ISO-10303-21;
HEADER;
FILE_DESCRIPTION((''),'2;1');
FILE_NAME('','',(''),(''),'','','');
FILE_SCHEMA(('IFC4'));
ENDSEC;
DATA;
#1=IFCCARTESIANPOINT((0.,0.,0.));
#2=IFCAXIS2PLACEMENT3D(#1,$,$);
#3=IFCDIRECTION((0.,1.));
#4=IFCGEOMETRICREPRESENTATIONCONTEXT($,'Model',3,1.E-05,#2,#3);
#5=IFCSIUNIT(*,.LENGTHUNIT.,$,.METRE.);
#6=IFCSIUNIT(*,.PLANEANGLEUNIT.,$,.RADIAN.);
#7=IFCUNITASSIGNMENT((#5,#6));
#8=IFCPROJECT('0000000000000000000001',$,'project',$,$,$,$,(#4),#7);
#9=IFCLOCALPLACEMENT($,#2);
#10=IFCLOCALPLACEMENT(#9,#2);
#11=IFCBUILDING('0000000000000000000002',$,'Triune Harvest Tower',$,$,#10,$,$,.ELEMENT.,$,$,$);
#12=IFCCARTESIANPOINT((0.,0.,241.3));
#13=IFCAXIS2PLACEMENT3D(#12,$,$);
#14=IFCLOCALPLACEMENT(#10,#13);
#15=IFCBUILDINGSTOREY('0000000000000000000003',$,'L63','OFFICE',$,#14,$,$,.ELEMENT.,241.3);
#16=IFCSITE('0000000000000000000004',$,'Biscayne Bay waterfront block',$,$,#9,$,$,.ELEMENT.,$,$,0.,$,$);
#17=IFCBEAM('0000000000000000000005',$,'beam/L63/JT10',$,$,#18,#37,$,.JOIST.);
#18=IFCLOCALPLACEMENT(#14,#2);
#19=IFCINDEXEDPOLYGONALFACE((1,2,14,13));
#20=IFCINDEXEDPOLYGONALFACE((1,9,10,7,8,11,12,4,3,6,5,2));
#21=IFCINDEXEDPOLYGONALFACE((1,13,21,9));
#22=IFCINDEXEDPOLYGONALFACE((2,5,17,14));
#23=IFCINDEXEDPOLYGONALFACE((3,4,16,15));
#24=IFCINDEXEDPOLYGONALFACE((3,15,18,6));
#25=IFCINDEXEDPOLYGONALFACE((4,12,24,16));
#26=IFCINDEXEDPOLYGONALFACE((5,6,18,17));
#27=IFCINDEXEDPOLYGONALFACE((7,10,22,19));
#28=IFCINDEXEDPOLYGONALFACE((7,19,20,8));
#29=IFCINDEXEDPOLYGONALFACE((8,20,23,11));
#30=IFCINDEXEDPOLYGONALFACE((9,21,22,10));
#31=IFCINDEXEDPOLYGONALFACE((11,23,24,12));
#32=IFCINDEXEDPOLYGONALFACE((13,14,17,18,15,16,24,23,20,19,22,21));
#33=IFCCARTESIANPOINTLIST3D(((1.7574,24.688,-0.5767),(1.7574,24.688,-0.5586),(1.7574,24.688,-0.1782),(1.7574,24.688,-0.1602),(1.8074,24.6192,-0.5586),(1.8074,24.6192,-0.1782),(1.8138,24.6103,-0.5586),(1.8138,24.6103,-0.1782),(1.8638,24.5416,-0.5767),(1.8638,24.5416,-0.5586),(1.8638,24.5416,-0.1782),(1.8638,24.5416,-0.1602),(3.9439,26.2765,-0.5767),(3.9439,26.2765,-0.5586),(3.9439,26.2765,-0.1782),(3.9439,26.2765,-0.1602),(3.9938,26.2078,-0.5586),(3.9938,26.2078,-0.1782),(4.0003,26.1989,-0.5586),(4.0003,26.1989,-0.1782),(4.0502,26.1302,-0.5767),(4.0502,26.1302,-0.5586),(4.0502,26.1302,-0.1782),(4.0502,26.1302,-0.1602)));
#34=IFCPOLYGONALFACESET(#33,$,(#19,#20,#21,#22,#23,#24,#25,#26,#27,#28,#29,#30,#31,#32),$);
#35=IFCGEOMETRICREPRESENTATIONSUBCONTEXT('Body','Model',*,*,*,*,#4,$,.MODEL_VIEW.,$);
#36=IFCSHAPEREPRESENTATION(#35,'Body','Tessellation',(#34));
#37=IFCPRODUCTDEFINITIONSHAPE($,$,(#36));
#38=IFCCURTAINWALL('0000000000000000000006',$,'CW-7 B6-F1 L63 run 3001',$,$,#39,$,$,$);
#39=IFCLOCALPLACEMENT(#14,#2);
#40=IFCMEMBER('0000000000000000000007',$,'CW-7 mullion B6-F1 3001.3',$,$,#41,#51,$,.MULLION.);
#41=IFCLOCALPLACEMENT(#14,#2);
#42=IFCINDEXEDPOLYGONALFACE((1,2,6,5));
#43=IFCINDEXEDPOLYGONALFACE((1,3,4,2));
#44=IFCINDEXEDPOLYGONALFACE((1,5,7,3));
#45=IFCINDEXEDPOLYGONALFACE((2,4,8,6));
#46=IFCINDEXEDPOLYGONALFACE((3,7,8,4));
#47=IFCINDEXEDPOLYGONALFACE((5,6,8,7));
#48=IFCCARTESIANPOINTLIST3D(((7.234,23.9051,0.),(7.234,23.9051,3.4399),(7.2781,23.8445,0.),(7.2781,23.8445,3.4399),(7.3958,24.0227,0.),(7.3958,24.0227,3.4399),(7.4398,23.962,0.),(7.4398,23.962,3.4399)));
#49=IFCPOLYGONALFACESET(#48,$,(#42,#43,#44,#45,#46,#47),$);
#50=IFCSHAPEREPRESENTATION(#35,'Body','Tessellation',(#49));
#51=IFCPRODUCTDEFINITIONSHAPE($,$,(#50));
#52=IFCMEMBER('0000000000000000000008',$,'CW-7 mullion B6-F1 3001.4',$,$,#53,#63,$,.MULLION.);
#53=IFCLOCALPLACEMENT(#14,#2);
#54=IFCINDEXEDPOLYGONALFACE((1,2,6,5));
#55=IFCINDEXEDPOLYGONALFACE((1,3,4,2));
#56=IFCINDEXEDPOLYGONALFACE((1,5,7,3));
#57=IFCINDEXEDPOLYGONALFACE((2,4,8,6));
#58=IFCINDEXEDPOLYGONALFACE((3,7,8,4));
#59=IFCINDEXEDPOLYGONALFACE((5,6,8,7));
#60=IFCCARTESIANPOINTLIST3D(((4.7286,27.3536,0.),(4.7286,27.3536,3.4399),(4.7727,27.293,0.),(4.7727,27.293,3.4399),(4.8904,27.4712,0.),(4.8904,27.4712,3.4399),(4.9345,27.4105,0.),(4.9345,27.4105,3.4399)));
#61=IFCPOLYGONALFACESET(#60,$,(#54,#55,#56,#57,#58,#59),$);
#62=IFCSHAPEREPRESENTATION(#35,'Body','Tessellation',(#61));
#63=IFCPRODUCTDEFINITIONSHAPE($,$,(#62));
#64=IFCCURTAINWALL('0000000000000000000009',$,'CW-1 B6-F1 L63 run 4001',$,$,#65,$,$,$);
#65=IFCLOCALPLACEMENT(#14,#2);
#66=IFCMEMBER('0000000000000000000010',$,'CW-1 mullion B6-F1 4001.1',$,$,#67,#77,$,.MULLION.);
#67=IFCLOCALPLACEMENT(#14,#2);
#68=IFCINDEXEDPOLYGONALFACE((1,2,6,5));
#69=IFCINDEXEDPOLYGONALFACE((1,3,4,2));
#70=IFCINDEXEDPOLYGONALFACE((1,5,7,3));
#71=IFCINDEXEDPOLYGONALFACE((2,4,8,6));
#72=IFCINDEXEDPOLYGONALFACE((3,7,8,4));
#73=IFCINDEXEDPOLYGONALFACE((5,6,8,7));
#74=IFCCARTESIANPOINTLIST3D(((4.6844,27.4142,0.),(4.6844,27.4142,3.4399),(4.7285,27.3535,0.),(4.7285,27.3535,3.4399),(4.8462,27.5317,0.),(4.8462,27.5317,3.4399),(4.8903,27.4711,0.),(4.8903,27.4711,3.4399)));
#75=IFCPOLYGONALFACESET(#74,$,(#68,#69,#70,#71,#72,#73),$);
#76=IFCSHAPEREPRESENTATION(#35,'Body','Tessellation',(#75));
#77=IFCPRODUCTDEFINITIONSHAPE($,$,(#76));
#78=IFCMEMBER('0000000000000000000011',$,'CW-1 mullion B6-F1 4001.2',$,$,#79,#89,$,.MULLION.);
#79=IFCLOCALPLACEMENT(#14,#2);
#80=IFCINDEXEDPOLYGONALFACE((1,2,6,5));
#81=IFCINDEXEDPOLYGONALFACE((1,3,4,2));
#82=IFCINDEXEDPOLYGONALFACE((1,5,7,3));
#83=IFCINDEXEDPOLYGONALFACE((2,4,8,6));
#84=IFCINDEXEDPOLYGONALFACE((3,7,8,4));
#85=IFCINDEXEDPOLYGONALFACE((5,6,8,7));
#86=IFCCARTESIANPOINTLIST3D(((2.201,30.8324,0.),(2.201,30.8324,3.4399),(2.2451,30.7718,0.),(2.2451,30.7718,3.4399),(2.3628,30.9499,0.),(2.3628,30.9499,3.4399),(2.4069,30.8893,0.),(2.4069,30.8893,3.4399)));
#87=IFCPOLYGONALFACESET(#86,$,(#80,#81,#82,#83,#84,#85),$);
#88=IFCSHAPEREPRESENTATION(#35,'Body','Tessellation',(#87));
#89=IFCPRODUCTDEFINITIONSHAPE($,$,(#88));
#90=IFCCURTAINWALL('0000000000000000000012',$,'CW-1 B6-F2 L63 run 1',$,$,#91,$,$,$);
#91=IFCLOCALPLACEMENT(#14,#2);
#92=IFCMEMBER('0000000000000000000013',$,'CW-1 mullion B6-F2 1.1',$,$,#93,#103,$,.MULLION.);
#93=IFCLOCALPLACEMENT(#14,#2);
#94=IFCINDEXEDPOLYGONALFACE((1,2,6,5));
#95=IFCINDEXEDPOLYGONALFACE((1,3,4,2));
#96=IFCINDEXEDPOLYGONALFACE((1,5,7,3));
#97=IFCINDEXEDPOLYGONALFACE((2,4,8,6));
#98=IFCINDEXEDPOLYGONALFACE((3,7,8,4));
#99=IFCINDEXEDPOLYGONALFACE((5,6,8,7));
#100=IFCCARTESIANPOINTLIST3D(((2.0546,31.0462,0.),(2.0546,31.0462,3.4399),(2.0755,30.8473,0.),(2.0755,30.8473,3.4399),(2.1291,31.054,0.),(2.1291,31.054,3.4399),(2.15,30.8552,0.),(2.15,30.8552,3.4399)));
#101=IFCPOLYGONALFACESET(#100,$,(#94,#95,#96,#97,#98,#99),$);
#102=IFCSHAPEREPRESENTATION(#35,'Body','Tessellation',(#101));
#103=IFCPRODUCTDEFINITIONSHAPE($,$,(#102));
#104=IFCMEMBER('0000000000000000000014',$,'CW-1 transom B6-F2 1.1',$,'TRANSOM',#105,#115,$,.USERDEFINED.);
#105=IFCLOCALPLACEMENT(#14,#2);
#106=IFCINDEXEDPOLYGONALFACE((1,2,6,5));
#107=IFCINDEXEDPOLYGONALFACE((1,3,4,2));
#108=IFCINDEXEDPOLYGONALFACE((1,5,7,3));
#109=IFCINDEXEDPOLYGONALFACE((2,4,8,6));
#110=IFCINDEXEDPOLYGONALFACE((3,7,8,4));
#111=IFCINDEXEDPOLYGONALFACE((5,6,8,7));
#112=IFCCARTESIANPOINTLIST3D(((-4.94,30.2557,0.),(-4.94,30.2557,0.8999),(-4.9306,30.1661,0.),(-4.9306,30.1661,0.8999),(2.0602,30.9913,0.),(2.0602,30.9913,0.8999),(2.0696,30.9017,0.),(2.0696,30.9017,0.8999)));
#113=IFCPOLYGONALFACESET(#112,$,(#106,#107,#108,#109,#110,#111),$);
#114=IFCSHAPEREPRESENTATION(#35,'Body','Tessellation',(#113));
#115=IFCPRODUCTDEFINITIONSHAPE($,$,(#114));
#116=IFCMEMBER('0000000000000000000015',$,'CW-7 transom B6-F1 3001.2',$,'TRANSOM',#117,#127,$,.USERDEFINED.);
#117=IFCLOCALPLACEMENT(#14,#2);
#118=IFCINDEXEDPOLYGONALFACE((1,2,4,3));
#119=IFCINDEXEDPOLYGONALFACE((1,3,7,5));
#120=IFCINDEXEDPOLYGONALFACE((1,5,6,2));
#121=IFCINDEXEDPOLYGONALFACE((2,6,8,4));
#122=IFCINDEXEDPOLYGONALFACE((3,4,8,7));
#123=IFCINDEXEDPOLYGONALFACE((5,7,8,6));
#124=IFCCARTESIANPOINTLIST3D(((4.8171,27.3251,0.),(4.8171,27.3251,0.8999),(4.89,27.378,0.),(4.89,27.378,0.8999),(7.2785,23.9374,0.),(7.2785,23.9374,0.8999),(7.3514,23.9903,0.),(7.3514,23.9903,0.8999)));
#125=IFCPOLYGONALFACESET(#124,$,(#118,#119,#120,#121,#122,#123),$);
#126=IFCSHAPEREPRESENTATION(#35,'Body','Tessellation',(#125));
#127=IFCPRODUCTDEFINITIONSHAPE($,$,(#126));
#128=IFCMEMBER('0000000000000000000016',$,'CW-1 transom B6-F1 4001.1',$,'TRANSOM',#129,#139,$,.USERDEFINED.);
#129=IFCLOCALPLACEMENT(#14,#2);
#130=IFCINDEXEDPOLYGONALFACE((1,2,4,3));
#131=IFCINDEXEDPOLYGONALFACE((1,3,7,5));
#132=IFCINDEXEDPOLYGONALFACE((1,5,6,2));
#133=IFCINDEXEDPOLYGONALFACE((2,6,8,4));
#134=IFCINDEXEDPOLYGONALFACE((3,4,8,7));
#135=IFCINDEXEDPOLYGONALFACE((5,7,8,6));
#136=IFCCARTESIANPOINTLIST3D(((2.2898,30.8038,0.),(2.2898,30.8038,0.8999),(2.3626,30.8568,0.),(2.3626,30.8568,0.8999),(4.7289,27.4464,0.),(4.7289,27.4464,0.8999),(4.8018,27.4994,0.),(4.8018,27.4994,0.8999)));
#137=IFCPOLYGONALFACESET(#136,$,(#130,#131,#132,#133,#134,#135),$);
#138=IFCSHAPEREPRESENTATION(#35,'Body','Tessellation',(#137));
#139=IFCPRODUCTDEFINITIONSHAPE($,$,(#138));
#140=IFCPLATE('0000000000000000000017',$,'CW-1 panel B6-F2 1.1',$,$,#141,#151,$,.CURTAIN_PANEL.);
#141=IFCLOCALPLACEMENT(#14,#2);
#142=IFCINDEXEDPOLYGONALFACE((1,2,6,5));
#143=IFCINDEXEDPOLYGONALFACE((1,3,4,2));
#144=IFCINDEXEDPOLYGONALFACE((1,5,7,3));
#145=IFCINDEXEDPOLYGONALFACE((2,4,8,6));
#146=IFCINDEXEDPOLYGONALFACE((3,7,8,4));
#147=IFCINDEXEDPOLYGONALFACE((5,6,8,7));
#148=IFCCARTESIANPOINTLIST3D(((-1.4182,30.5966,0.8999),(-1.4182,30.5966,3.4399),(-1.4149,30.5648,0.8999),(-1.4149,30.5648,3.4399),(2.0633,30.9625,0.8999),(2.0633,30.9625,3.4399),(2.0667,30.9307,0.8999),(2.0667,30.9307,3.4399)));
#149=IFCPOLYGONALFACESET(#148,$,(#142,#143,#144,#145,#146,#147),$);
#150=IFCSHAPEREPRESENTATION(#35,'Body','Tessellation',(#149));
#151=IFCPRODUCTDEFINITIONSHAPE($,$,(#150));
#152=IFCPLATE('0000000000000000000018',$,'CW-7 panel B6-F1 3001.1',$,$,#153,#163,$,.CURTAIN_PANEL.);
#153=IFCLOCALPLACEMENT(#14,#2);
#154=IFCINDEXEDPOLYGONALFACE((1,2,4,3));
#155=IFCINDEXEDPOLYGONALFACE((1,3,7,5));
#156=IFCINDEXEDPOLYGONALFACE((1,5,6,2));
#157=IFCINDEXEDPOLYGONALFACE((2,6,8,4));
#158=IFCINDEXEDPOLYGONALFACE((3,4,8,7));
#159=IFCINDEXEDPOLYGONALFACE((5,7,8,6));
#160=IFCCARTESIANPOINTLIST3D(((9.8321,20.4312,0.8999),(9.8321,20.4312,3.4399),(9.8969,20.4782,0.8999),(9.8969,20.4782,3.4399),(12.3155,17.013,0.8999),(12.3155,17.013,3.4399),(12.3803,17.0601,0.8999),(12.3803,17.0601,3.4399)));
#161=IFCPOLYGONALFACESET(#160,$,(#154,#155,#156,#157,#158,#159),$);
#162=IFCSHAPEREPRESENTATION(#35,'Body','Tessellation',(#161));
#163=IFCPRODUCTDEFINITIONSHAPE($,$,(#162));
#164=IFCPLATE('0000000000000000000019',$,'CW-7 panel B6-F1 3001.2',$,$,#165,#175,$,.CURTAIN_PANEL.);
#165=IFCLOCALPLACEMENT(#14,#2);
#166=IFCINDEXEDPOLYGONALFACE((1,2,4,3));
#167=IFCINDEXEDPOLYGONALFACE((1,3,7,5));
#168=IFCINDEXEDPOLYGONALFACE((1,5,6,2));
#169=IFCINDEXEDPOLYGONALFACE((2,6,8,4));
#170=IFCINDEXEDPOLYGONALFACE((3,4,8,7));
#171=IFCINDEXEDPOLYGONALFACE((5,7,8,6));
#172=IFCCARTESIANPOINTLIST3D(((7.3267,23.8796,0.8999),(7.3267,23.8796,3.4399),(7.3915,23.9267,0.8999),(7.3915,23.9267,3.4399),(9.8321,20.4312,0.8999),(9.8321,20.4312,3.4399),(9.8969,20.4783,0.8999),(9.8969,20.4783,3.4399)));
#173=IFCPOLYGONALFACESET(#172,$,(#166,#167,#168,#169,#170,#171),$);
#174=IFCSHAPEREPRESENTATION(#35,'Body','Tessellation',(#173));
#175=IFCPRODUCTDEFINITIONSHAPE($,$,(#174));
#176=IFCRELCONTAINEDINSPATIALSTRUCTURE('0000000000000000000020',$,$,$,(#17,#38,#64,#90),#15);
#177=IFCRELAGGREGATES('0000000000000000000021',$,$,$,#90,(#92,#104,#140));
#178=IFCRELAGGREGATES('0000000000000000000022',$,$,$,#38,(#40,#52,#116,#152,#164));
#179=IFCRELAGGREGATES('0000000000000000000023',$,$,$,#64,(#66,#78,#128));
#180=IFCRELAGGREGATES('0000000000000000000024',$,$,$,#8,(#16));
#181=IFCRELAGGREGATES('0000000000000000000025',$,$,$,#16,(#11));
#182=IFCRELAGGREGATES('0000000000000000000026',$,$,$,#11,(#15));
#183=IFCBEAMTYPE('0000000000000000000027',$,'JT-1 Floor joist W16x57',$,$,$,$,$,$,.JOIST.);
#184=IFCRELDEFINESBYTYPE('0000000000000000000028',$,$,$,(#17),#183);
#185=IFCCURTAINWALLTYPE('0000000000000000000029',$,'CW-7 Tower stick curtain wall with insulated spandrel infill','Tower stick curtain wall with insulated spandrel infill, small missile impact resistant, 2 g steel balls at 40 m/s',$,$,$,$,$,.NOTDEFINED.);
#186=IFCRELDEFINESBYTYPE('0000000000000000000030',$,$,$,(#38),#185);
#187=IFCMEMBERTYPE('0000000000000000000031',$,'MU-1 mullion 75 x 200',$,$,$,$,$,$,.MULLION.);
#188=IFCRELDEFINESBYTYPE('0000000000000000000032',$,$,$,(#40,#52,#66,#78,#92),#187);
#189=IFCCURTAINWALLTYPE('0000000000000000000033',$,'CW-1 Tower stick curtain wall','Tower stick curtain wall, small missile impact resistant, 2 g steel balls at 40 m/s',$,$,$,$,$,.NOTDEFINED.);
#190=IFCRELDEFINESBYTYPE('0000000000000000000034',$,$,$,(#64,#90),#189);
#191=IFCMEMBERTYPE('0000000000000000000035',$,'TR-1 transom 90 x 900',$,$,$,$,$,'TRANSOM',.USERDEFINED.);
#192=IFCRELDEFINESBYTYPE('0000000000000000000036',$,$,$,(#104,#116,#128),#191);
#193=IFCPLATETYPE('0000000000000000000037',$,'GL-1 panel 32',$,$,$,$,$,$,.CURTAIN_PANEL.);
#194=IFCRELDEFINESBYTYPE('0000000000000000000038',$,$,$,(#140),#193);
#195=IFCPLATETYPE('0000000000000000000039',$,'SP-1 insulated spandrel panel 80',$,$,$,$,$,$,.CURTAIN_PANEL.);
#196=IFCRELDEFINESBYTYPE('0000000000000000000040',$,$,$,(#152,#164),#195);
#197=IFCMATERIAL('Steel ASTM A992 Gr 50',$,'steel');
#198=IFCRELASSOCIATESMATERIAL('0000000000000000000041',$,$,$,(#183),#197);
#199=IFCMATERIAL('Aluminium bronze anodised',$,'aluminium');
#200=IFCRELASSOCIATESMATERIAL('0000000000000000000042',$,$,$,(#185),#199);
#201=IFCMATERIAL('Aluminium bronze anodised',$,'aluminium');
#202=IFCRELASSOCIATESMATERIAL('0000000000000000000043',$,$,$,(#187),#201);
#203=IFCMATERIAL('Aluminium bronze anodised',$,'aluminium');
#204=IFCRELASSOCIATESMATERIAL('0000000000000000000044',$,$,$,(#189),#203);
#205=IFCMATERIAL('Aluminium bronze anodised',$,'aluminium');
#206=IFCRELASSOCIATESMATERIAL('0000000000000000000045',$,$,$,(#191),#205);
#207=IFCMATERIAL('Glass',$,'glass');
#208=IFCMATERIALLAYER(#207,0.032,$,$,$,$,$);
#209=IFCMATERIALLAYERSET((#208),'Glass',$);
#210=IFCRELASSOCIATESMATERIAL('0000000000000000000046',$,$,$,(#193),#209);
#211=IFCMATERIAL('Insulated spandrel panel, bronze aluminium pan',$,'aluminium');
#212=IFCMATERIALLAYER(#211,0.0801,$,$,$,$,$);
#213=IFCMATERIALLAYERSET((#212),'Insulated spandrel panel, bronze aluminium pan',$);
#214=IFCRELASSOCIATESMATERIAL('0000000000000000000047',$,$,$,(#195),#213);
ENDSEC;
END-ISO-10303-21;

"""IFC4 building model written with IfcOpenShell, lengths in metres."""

from ifc_helpers import new_model, si_unit, direction, frame, origin, origin_2d, place, context, subcontext, project, spatial, rectangle, i_section, extrude, source, transform, mapped, material, layer, layer_set, material_profile, profile_set, type_object, element, aggregate, save


model = new_model("IFC4")

# Units and contexts
model_context = context("Model", 3, precision=1e-05, world=origin(), true_north=direction((0.0, 1.0)))
body_context = subcontext(model_context, "Body", "Model", "MODEL_VIEW")
ifc_project = project(units=[si_unit("LENGTHUNIT", "METRE"), si_unit("PLANEANGLEUNIT", "RADIAN")], contexts=[model_context])

# Site, building, storey
site_placement = place(None, origin())
site = spatial("IfcSite", under=ifc_project, at=site_placement, Name="Biscayne Bay waterfront block", CompositionType="ELEMENT", RefElevation=0.0)
building_placement = place(site_placement, origin())
building = spatial("IfcBuilding", under=site, at=building_placement, Name="Triune Harvest Tower", CompositionType="ELEMENT")
storey_placement = place(building_placement, frame((0.0, 0.0, 241.3)))
storey = spatial("IfcBuildingStorey", under=building, at=storey_placement, Name="L63", Description="OFFICE", CompositionType="ELEMENT", Elevation=241.3)

# Beam
ifc_material_1 = material(Name="Steel ASTM A992 Gr 50", Category="steel")
ifc_material_profile_1 = material_profile(ifc_material_1, i_section(OverallWidth=0.1809, OverallDepth=0.4165, WebThickness=0.011, FlangeThickness=0.0181, at=origin_2d()), Name="W16x57")
ifc_profile_set_1 = profile_set([ifc_material_profile_1], Name="Steel ASTM A992 Gr 50")
beam_type_1 = type_object("IfcBeamType", Name="JT-1 Floor joist W16x57", PredefinedType="JOIST", material=ifc_profile_set_1)
shared_shape_1 = source(origin(), body_context, "Body", "SweptSolid", [
    extrude(i_section(OverallWidth=0.1809, OverallDepth=0.4165, WebThickness=0.011, FlangeThickness=0.0181, at=origin_2d()), origin(), (0.0, 0.0, 1.0), 2.7026),
])
beam_1_placement = place(storey_placement, frame((3.9971, 26.2034, -0.3684), z_axis=(-0.809013, -0.58779, 0.0), x_axis=(0.58779, -0.809013, 0.0)))
element("IfcBeam", 1, at=beam_1_placement, inside=storey, type_object=beam_type_1, Name="beam/L63/JT10", PredefinedType="JOIST", context=body_context, shape_type="MappedRepresentation", body=[
    mapped(shared_shape_1, transform((0.0, 0.0, 0.0), scale=1.0)),
])

# Curtain walls, members
ifc_material_2 = material(Name="Aluminium bronze anodised", Category="aluminium")
curtain_wall_type_1 = type_object("IfcCurtainWallType", Name="CW-7 Tower stick curtain wall with insulated spandrel infill", Description="Tower stick curtain wall with insulated spandrel infill, small missile impact resistant, 2 g steel balls at 40 m/s", PredefinedType="NOTDEFINED", material=ifc_material_2)
curtain_wall_1_placement = place(storey_placement, origin())
curtain_wall_1 = element("IfcCurtainWall", 2, at=curtain_wall_1_placement, inside=storey, type_object=curtain_wall_type_1, Name="CW-7 B6-F1 L63 run 3001")
ifc_material_3 = material(Name="Aluminium bronze anodised", Category="aluminium")
ifc_material_profile_2 = material_profile(ifc_material_3, rectangle(XDim=0.2, YDim=0.075, at=origin_2d()), Name="MU-1 mullion 75 x 200")
ifc_profile_set_2 = profile_set([ifc_material_profile_2], Name="Aluminium bronze anodised")
member_type_1 = type_object("IfcMemberType", Name="MU-1 mullion 75 x 200", PredefinedType="MULLION", material=ifc_profile_set_2)
shared_shape_2 = source(origin(), body_context, "Body", "SweptSolid", [
    extrude(rectangle(XDim=0.2, YDim=0.075, at=origin_2d()), origin(), (0.0, 0.0, 1.0), 3.4399),
])
member_1_placement = place(storey_placement, frame((7.3369, 23.9336, 0.0), z_axis=(0.0, 0.0, 1.0), x_axis=(-0.809017, -0.587786, 0.0)))
member_1 = element("IfcMember", 3, at=member_1_placement, type_object=member_type_1, Name="CW-7 mullion B6-F1 3001.3", PredefinedType="MULLION", context=body_context, shape_type="MappedRepresentation", body=[
    mapped(shared_shape_2, transform((0.0, 0.0, 0.0), scale=1.0)),
])
member_2_placement = place(storey_placement, frame((4.8315, 27.3821, 0.0), z_axis=(0.0, 0.0, 1.0), x_axis=(-0.809017, -0.587786, 0.0)))
member_2 = element("IfcMember", 4, at=member_2_placement, type_object=member_type_1, Name="CW-7 mullion B6-F1 3001.4", PredefinedType="MULLION", context=body_context, shape_type="MappedRepresentation", body=[
    mapped(shared_shape_2, transform((0.0, 0.0, 0.0), scale=1.0)),
])
ifc_material_4 = material(Name="Aluminium bronze anodised", Category="aluminium")
curtain_wall_type_2 = type_object("IfcCurtainWallType", Name="CW-1 Tower stick curtain wall", Description="Tower stick curtain wall, small missile impact resistant, 2 g steel balls at 40 m/s", PredefinedType="NOTDEFINED", material=ifc_material_4)
curtain_wall_2_placement = place(storey_placement, origin())
curtain_wall_2 = element("IfcCurtainWall", 5, at=curtain_wall_2_placement, inside=storey, type_object=curtain_wall_type_2, Name="CW-1 B6-F1 L63 run 4001")
member_3_placement = place(storey_placement, frame((4.7874, 27.4426, 0.0), z_axis=(0.0, 0.0, 1.0), x_axis=(-0.809016, -0.587787, 0.0)))
member_3 = element("IfcMember", 6, at=member_3_placement, type_object=member_type_1, Name="CW-1 mullion B6-F1 4001.1", PredefinedType="MULLION", context=body_context, shape_type="MappedRepresentation", body=[
    mapped(shared_shape_2, transform((0.0, 0.0, 0.0), scale=1.0)),
])
member_4_placement = place(storey_placement, frame((2.304, 30.8608, 0.0), z_axis=(0.0, 0.0, 1.0), x_axis=(-0.809016, -0.587787, 0.0)))
member_4 = element("IfcMember", 7, at=member_4_placement, type_object=member_type_1, Name="CW-1 mullion B6-F1 4001.2", PredefinedType="MULLION", context=body_context, shape_type="MappedRepresentation", body=[
    mapped(shared_shape_2, transform((0.0, 0.0, 0.0), scale=1.0)),
])
curtain_wall_3_placement = place(storey_placement, origin())
curtain_wall_3 = element("IfcCurtainWall", 8, at=curtain_wall_3_placement, inside=storey, type_object=curtain_wall_type_2, Name="CW-1 B6-F2 L63 run 1")
member_5_placement = place(storey_placement, frame((2.1023, 30.9507, 0.0), z_axis=(0.0, 0.0, 1.0), x_axis=(0.10453, -0.994522, 0.0)))
member_5 = element("IfcMember", 9, at=member_5_placement, type_object=member_type_1, Name="CW-1 mullion B6-F2 1.1", PredefinedType="MULLION", context=body_context, shape_type="MappedRepresentation", body=[
    mapped(shared_shape_2, transform((0.0, 0.0, 0.0), scale=1.0)),
])
ifc_material_5 = material(Name="Aluminium bronze anodised", Category="aluminium")
ifc_material_profile_3 = material_profile(ifc_material_5, rectangle(XDim=0.0901, YDim=0.8999, at=origin_2d()), Name="TR-1 transom 90 x 900")
ifc_profile_set_3 = profile_set([ifc_material_profile_3], Name="Aluminium bronze anodised")
member_type_2 = type_object("IfcMemberType", Name="TR-1 transom 90 x 900", ElementType="TRANSOM", PredefinedType="USERDEFINED", material=ifc_profile_set_3)
shared_shape_3 = source(origin(), body_context, "Body", "SweptSolid", [
    extrude(rectangle(XDim=0.0901, YDim=0.8999, at=origin_2d()), origin(), (0.0, 0.0, 1.0), 7.0388),
])
member_6_placement = place(storey_placement, frame((2.0649, 30.9465, 0.45), z_axis=(-0.994524, -0.104506, 0.0), x_axis=(0.104506, -0.994524, 0.0)))
member_6 = element("IfcMember", 10, at=member_6_placement, type_object=member_type_2, Name="CW-1 transom B6-F2 1.1", ObjectType="TRANSOM", PredefinedType="USERDEFINED", context=body_context, shape_type="MappedRepresentation", body=[
    mapped(shared_shape_3, transform((0.0, 0.0, 0.0), scale=1.0)),
])

# Members
shared_shape_4 = source(origin(), body_context, "Body", "SweptSolid", [
    extrude(rectangle(XDim=0.0901, YDim=0.8999, at=origin_2d()), origin(), (0.0, 0.0, 1.0), 4.1875),
])
member_7_placement = place(storey_placement, frame((7.3149, 23.9639, 0.45), z_axis=(-0.587804, 0.809003, 0.0), x_axis=(-0.809003, -0.587804, 0.0)))
member_7 = element("IfcMember", 11, at=member_7_placement, type_object=member_type_2, Name="CW-7 transom B6-F1 3001.2", ObjectType="TRANSOM", PredefinedType="USERDEFINED", context=body_context, shape_type="MappedRepresentation", body=[
    mapped(shared_shape_4, transform((0.0, 0.0, 0.0), scale=1.0)),
])
shared_shape_5 = source(origin(), body_context, "Body", "SweptSolid", [
    extrude(rectangle(XDim=0.0901, YDim=0.8999, at=origin_2d()), origin(), (0.0, 0.0, 1.0), 4.1499),
])
member_8_placement = place(storey_placement, frame((4.7654, 27.4729, 0.45), z_axis=(-0.587769, 0.809029, 0.0), x_axis=(-0.809029, -0.587769, 0.0)))
member_8 = element("IfcMember", 12, at=member_8_placement, type_object=member_type_2, Name="CW-1 transom B6-F1 4001.1", ObjectType="TRANSOM", PredefinedType="USERDEFINED", context=body_context, shape_type="MappedRepresentation", body=[
    mapped(shared_shape_5, transform((0.0, 0.0, 0.0), scale=1.0)),
])

# Plates
ifc_material_6 = material(Name="Glass", Category="glass")
ifc_layer_1 = layer(ifc_material_6, 0.032)
ifc_layer_set_1 = layer_set([ifc_layer_1], Name="Glass")
plate_type_1 = type_object("IfcPlateType", Name="GL-1 panel 32", PredefinedType="CURTAIN_PANEL", material=ifc_layer_set_1)
shared_shape_6 = source(origin(), body_context, "Body", "SweptSolid", [
    extrude(rectangle(XDim=3.5007, YDim=0.032, at=origin_2d()), origin(), (0.0, 0.0, 1.0), 2.54),
])
plate_1_placement = place(storey_placement, frame((0.3242, 30.7637, 0.8999), z_axis=(0.0, 0.0, 1.0), x_axis=(-0.994522, -0.10453, 0.0)))
plate_1 = element("IfcPlate", 13, at=plate_1_placement, type_object=plate_type_1, Name="CW-1 panel B6-F2 1.1", PredefinedType="CURTAIN_PANEL", context=body_context, shape_type="MappedRepresentation", body=[
    mapped(shared_shape_6, transform((0.0, 0.0, 0.0), scale=1.0)),
])
aggregate(curtain_wall_3, [member_5, member_6, plate_1])
ifc_material_7 = material(Name="Insulated spandrel panel, bronze aluminium pan", Category="aluminium")
ifc_layer_2 = layer(ifc_material_7, 0.0801)
ifc_layer_set_2 = layer_set([ifc_layer_2], Name="Insulated spandrel panel, bronze aluminium pan")
plate_type_2 = type_object("IfcPlateType", Name="SP-1 insulated spandrel panel 80", PredefinedType="CURTAIN_PANEL", material=ifc_layer_set_2)
shared_shape_7 = source(origin(), body_context, "Body", "SweptSolid", [
    extrude(rectangle(XDim=4.2251, YDim=0.0801, at=origin_2d()), origin(), (0.0, 0.0, 1.0), 2.54),
])
plate_2_placement = place(storey_placement, frame((11.1062, 18.7456, 0.8999), z_axis=(0.0, 0.0, 1.0), x_axis=(-0.587786, 0.809017, 0.0)))
plate_2 = element("IfcPlate", 14, at=plate_2_placement, type_object=plate_type_2, Name="CW-7 panel B6-F1 3001.1", PredefinedType="CURTAIN_PANEL", context=body_context, shape_type="MappedRepresentation", body=[
    mapped(shared_shape_7, transform((0.0, 0.0, 0.0), scale=1.0)),
])
shared_shape_8 = source(origin(), body_context, "Body", "SweptSolid", [
    extrude(rectangle(XDim=4.2625, YDim=0.0801, at=origin_2d()), origin(), (0.0, 0.0, 1.0), 2.54),
])
plate_3_placement = place(storey_placement, frame((8.6118, 22.179, 0.8999), z_axis=(0.0, 0.0, 1.0), x_axis=(-0.587786, 0.809017, 0.0)))
plate_3 = element("IfcPlate", 15, at=plate_3_placement, type_object=plate_type_2, Name="CW-7 panel B6-F1 3001.2", PredefinedType="CURTAIN_PANEL", context=body_context, shape_type="MappedRepresentation", body=[
    mapped(shared_shape_8, transform((0.0, 0.0, 0.0), scale=1.0)),
])
aggregate(curtain_wall_1, [member_1, member_2, member_7, plate_2, plate_3])
aggregate(curtain_wall_2, [member_3, member_4, member_8])

save(model, "model.ifc")
